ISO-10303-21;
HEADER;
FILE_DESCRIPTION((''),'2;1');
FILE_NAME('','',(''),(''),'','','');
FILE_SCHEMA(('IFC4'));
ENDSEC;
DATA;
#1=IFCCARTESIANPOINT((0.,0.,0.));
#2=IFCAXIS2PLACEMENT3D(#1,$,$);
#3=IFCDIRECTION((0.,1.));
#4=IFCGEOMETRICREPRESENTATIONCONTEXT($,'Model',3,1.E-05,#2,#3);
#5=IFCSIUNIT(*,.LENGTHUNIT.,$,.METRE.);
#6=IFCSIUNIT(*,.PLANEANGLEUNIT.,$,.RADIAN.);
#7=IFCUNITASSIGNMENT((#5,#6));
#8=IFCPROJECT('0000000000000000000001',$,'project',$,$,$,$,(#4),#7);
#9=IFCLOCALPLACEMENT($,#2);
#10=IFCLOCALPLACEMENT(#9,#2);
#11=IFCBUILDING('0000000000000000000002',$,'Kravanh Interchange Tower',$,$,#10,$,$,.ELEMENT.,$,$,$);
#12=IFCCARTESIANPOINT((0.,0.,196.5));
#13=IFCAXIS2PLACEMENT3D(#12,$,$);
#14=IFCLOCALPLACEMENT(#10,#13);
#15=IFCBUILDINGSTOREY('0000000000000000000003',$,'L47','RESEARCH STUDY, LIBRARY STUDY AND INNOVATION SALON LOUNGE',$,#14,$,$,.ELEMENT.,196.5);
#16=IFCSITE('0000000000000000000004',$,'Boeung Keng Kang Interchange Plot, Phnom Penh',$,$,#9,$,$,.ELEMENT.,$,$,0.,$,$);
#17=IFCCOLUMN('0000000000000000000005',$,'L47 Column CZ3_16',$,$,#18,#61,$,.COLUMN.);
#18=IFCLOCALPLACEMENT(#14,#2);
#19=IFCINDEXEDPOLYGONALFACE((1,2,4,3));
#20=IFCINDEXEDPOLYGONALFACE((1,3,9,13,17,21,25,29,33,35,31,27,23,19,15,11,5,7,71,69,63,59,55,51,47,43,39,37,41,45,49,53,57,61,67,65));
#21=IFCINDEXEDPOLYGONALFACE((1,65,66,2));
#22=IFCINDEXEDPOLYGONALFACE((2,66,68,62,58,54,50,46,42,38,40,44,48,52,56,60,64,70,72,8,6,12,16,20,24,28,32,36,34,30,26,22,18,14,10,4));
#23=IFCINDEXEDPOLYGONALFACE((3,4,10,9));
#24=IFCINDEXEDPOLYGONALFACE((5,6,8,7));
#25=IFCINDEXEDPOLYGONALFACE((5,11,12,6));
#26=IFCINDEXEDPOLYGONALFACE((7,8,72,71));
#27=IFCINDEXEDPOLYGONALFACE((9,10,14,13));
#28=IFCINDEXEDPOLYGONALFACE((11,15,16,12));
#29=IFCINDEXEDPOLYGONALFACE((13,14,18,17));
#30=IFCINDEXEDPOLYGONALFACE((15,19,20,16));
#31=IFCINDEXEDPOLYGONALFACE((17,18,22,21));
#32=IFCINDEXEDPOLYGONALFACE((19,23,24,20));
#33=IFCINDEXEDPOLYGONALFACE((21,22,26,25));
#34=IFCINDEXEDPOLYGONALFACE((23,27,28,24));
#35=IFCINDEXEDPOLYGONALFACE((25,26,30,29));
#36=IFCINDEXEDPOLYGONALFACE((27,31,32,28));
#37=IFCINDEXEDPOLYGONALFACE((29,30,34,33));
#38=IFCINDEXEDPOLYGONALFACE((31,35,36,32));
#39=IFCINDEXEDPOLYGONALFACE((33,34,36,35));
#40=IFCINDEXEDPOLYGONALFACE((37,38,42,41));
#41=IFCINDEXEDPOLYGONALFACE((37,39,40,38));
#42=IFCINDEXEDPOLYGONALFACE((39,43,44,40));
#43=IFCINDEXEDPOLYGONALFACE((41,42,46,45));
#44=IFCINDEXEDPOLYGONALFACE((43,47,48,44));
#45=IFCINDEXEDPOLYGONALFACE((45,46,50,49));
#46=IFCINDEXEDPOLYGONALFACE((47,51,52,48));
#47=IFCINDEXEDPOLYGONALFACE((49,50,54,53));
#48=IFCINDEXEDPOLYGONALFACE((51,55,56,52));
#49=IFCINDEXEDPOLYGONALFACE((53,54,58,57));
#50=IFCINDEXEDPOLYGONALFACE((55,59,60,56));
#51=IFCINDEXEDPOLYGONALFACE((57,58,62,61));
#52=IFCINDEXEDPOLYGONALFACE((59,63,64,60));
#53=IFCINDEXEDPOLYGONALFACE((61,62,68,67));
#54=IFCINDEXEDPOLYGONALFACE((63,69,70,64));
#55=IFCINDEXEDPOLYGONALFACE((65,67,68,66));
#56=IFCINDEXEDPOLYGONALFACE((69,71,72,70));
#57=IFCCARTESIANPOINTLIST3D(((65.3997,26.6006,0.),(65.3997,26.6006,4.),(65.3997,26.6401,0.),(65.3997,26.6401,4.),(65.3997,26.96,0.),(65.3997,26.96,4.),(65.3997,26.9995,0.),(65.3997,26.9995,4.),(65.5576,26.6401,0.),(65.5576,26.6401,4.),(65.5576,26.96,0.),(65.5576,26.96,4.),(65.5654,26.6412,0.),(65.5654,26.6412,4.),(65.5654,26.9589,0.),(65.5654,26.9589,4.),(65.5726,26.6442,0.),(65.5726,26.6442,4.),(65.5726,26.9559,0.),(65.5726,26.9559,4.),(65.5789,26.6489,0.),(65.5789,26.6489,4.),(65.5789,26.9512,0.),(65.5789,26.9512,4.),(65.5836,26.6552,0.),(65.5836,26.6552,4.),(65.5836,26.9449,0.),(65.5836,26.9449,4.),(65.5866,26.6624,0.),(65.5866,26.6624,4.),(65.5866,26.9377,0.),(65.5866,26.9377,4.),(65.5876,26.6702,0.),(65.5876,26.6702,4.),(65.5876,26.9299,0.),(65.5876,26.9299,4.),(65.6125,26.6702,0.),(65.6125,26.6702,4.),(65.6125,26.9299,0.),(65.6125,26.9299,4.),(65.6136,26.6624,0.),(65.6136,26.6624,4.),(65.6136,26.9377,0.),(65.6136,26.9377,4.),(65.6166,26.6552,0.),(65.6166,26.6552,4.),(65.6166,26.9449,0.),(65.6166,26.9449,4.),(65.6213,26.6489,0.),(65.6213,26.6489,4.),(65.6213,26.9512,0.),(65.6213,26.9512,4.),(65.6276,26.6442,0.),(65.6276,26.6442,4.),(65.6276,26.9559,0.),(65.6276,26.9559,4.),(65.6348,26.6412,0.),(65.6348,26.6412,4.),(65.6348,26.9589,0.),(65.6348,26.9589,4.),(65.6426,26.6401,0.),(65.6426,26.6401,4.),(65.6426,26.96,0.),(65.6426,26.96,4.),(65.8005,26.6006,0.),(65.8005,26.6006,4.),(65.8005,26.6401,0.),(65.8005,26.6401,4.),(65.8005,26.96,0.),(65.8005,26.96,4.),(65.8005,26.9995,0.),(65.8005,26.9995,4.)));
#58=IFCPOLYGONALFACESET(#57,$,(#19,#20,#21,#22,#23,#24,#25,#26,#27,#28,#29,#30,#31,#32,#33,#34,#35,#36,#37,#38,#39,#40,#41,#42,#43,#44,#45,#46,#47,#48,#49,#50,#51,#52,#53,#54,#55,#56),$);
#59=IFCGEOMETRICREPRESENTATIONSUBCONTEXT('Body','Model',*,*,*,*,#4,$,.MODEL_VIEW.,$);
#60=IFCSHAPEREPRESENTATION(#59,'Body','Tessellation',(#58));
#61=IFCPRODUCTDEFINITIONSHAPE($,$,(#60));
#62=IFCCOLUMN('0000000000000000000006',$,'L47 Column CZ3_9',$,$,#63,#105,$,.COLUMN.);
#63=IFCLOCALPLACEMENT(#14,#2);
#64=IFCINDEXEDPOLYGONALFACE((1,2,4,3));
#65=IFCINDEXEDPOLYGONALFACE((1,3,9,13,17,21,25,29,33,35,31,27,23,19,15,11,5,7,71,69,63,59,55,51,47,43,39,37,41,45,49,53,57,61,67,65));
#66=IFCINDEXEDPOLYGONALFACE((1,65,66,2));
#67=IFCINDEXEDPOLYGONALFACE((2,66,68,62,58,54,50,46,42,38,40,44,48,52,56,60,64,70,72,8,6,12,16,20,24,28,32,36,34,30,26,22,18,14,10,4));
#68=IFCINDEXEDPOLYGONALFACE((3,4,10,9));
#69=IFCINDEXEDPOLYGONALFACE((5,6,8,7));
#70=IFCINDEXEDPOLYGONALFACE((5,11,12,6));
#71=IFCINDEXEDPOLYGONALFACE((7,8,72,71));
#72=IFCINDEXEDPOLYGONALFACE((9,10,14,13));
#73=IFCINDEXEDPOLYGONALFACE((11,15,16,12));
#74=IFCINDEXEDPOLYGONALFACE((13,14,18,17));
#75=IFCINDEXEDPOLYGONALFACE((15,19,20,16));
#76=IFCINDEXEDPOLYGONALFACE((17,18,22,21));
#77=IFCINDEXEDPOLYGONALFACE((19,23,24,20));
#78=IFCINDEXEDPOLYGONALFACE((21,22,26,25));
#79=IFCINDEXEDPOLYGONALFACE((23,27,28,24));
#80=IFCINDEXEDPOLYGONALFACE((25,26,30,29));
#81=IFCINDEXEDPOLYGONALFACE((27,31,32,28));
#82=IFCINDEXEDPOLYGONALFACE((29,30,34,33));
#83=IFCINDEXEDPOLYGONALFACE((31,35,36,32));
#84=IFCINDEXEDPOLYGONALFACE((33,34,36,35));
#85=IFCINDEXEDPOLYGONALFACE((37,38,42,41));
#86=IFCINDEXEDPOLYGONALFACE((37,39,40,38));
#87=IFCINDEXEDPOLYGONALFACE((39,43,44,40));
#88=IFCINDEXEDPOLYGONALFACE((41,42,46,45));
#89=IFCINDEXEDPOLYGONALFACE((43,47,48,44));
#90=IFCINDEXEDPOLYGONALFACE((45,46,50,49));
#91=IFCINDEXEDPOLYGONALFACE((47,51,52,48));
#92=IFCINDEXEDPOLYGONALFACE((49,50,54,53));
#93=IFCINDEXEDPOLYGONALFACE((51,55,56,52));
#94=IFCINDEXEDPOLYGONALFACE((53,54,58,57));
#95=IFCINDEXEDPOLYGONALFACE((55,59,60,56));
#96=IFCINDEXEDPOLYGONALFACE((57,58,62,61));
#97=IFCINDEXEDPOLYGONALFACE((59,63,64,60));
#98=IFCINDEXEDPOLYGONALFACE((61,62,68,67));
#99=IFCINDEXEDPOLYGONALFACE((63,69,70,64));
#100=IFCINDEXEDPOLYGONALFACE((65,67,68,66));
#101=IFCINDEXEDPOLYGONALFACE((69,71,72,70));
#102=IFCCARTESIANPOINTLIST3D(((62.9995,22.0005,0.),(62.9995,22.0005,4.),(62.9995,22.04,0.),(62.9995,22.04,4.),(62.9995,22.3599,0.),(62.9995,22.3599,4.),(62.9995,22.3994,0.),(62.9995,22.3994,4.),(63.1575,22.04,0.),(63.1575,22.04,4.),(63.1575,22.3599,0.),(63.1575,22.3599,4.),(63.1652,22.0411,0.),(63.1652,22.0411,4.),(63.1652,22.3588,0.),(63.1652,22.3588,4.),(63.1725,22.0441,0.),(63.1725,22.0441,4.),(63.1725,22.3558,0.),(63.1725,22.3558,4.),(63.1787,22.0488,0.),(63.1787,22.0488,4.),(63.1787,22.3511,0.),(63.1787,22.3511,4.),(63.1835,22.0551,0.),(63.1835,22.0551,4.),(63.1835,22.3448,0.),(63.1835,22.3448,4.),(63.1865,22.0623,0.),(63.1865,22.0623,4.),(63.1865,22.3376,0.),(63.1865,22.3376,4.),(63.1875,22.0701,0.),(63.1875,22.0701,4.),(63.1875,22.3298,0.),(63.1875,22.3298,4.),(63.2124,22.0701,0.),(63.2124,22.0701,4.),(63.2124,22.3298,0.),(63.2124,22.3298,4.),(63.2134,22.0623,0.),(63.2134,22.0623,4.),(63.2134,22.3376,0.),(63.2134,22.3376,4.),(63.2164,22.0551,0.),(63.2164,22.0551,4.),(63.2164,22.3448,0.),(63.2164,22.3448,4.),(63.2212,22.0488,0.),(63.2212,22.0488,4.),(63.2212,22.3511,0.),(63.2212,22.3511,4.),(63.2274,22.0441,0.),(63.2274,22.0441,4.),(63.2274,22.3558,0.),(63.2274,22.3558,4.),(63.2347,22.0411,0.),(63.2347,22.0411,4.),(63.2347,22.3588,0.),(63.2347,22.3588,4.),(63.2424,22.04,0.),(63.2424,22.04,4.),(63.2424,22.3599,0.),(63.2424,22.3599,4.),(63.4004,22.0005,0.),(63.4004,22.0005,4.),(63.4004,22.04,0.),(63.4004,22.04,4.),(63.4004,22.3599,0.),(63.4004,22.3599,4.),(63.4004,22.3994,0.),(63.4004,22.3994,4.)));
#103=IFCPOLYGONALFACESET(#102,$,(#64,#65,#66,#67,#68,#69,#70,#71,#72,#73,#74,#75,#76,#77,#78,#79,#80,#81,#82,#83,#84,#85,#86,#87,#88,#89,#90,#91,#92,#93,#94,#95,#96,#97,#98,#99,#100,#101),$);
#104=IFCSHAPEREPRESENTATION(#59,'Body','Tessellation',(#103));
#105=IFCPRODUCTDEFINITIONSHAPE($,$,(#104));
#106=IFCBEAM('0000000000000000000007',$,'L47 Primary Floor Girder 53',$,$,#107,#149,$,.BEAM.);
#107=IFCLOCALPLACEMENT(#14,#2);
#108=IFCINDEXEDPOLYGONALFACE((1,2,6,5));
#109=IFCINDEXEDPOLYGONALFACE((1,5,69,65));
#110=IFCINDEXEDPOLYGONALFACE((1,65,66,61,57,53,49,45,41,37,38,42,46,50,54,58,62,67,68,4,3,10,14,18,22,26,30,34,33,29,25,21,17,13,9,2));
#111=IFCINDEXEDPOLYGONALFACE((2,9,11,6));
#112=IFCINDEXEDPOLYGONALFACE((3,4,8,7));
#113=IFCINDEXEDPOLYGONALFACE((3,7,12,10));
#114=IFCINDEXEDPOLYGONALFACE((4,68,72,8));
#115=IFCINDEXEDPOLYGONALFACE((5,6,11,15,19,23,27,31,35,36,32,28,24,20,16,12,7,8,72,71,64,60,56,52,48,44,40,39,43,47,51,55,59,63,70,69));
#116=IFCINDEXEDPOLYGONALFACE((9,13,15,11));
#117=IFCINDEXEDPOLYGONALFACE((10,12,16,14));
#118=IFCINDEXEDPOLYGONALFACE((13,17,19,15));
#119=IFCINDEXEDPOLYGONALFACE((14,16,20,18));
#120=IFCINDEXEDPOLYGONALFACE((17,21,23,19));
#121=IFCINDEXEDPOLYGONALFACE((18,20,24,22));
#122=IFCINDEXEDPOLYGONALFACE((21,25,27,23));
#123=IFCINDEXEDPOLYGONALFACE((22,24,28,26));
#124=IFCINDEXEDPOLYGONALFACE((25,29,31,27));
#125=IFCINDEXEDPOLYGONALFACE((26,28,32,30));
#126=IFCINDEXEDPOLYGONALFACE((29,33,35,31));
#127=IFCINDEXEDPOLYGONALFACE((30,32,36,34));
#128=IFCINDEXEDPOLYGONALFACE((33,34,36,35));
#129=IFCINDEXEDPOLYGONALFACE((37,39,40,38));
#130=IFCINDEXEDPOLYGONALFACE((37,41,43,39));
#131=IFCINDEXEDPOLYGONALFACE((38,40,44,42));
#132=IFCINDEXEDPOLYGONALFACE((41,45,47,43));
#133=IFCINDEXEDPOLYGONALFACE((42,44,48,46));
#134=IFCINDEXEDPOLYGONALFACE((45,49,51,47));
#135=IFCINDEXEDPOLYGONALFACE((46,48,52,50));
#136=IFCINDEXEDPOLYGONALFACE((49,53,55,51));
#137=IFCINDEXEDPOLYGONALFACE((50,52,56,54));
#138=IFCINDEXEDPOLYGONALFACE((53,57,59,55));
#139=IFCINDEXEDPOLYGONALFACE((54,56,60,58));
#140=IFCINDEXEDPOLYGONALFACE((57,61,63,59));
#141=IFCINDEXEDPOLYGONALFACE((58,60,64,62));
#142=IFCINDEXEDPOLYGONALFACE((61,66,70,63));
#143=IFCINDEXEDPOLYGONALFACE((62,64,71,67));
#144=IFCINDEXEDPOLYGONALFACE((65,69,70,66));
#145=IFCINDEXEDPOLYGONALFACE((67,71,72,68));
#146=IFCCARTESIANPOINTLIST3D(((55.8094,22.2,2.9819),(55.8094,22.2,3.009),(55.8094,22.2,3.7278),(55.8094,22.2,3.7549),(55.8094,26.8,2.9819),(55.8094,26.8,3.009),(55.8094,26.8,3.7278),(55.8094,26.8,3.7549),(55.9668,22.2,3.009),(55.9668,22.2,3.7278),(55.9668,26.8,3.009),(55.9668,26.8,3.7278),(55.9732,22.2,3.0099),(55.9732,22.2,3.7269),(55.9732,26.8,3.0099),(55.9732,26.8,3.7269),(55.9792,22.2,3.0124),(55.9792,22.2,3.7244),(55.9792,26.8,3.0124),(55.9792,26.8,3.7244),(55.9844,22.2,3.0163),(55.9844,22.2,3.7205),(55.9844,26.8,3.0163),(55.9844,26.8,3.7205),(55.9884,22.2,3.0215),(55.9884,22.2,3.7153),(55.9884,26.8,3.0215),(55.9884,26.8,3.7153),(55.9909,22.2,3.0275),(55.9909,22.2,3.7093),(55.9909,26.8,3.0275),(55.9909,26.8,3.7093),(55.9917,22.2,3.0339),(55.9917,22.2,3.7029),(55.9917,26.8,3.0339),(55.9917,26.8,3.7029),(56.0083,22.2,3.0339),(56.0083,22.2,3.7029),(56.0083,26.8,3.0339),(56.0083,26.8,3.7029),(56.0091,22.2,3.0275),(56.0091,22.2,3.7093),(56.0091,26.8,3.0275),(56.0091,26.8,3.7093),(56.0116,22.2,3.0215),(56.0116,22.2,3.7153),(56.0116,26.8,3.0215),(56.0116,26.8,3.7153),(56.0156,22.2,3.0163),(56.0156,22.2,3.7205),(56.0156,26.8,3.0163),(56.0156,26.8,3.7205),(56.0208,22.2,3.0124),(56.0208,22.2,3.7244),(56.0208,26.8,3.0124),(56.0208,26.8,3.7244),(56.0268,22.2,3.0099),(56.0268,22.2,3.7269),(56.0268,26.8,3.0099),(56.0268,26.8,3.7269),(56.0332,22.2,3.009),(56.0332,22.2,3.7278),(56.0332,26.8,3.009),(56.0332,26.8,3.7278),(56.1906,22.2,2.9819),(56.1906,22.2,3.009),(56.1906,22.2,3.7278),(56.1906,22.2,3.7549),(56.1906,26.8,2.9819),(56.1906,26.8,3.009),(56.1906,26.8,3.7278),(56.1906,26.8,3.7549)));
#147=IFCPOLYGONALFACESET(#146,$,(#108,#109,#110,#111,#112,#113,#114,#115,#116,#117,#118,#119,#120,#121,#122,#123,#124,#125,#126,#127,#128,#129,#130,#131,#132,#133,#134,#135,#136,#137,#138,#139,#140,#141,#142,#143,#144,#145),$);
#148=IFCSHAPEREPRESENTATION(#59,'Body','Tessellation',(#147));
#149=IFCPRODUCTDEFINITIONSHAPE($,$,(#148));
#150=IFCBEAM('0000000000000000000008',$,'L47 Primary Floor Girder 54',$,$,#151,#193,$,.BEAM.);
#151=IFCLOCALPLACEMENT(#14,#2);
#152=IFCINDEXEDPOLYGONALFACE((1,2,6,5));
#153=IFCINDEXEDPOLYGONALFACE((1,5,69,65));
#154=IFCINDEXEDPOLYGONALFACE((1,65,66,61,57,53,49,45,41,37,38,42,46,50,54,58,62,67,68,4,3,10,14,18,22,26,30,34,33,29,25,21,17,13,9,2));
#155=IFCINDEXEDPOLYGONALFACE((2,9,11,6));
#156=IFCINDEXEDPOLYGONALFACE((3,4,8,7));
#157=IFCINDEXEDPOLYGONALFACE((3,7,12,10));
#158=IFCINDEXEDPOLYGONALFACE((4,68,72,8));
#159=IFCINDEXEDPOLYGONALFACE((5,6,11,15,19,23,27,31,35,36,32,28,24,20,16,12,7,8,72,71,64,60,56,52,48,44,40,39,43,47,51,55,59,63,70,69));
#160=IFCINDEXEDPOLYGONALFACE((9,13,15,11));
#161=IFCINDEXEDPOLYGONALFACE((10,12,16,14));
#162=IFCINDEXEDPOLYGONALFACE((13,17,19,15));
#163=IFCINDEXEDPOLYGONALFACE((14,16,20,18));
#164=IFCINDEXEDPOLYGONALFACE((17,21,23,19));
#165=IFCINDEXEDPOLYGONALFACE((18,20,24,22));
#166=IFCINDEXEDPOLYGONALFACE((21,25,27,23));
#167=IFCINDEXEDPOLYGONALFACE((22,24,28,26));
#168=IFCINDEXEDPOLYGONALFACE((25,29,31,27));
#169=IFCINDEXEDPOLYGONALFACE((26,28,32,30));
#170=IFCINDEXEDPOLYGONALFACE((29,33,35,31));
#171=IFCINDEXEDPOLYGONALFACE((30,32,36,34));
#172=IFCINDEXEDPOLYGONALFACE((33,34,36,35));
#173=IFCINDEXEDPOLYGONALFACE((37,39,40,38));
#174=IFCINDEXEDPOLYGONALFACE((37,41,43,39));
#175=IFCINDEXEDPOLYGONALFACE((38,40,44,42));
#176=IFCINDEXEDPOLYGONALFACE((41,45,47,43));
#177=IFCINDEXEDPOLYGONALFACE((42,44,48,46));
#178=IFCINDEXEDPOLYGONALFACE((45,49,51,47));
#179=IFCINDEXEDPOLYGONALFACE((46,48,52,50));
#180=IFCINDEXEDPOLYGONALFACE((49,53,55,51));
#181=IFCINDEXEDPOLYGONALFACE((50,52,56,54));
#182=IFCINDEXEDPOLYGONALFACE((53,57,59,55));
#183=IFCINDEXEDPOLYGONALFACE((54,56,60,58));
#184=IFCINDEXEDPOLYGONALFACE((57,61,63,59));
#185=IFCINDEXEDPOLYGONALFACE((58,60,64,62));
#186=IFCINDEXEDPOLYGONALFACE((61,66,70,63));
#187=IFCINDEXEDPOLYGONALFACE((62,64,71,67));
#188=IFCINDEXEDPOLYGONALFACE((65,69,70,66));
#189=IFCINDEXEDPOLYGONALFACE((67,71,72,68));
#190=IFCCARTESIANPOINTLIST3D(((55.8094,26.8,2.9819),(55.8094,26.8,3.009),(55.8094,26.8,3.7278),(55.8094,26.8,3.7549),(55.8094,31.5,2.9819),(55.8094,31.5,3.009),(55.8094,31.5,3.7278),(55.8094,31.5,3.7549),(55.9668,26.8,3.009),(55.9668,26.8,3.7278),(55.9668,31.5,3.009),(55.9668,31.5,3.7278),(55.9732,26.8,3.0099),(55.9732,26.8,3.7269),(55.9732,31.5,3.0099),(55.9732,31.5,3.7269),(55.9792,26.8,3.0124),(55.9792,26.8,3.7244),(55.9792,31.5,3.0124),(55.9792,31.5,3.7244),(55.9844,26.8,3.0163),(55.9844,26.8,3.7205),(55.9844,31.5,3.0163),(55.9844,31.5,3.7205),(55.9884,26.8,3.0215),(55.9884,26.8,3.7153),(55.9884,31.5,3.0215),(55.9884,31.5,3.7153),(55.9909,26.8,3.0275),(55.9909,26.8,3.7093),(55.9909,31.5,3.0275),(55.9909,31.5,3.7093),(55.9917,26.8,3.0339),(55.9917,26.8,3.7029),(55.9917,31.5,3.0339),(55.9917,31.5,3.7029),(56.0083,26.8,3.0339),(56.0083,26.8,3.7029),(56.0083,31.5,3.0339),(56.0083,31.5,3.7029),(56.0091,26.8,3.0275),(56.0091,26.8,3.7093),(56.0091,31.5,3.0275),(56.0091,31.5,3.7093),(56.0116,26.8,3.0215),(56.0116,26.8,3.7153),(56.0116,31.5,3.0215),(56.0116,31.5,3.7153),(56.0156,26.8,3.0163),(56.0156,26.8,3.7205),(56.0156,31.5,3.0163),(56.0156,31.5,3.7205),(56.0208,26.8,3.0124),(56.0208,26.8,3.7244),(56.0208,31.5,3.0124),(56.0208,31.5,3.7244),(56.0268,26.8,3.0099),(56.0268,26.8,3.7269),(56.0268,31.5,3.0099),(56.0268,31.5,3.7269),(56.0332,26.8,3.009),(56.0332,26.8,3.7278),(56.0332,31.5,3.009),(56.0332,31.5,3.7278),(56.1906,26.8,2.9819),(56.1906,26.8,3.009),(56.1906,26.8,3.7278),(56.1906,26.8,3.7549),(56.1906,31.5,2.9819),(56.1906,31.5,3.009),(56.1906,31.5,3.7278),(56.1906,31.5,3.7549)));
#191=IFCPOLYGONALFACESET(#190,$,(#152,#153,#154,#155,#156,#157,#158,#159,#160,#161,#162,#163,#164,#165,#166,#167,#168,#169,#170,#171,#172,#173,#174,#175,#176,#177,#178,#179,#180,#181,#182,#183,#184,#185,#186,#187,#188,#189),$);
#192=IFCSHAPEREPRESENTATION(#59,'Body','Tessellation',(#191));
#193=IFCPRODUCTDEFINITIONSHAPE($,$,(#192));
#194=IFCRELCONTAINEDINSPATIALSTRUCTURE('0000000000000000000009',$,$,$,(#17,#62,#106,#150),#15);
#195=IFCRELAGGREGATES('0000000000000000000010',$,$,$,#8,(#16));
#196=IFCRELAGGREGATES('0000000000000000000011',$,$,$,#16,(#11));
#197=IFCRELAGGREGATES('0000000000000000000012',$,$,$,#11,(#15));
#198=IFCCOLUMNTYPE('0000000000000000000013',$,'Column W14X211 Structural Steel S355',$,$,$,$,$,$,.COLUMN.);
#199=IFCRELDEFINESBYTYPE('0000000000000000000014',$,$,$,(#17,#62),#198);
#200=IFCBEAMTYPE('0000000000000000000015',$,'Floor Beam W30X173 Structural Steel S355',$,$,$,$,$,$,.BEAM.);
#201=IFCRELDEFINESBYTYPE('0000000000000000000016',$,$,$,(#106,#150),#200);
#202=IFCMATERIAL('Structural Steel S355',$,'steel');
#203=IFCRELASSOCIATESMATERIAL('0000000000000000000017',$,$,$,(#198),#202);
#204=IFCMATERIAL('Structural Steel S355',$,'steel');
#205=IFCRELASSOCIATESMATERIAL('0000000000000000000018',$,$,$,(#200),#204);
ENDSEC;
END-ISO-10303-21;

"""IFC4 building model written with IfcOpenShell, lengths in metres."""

from ifc_helpers import new_model, si_unit, direction, frame, origin, origin_2d, place, context, subcontext, project, spatial, i_section, extrude, material, material_profile, profile_set, type_object, element, save


model = new_model("IFC4")

# Units and contexts
model_context = context("Model", 3, precision=1e-05, world=origin(), true_north=direction((0.0, 1.0)))
body_context = subcontext(model_context, "Body", "Model", "MODEL_VIEW")
ifc_project = project(units=[si_unit("LENGTHUNIT", "METRE"), si_unit("PLANEANGLEUNIT", "RADIAN")], contexts=[model_context])

# Site, building, storey
site_placement = place(None, origin())
site = spatial("IfcSite", under=ifc_project, at=site_placement, Name="Boeung Keng Kang Interchange Plot, Phnom Penh", CompositionType="ELEMENT", RefElevation=0.0)
building_placement = place(site_placement, origin())
building = spatial("IfcBuilding", under=site, at=building_placement, Name="Kravanh Interchange Tower", CompositionType="ELEMENT")
storey_placement = place(building_placement, frame((0.0, 0.0, 196.5)))
storey = spatial("IfcBuildingStorey", under=building, at=storey_placement, Name="L47", Description="RESEARCH STUDY, LIBRARY STUDY AND INNOVATION SALON LOUNGE", CompositionType="ELEMENT", Elevation=196.5)

# Columns
ifc_material_1 = material(Name="Structural Steel S355", Category="steel")
ifc_material_profile_1 = material_profile(ifc_material_1, i_section(OverallWidth=0.4009, OverallDepth=0.3989, WebThickness=0.0249, FlangeThickness=0.0396, FilletRadius=0.03, at=origin_2d()), Name="W14X211")
ifc_profile_set_1 = profile_set([ifc_material_profile_1], Name="Structural Steel S355")
column_type = type_object("IfcColumnType", Name="Column W14X211 Structural Steel S355", PredefinedType="COLUMN", material=ifc_profile_set_1)
for number, where, z_axis, x_axis, name in (
    (1, (65.6001, 26.8, 0.0), (0.0, 0.0, 1.0), (1.0, 0.0, 0.0), "L47 Column CZ3_16"),
    (2, (63.2, 22.2, 0.0), (0.0, 0.0, 1.0), (1.0, 0.0, 0.0), "L47 Column CZ3_9"),
):
    element("IfcColumn", number, at=place(storey_placement, frame(where, z_axis=z_axis, x_axis=x_axis)), inside=storey, type_object=column_type, Name=name, PredefinedType="COLUMN", context=body_context, shape_type="SweptSolid", body=[
        extrude(i_section(OverallWidth=0.4009, OverallDepth=0.3989, WebThickness=0.0249, FlangeThickness=0.0396, FilletRadius=0.03, at=origin_2d()), origin(), (0.0, 0.0, 1.0), 4.0),
    ])

# Beams
ifc_material_2 = material(Name="Structural Steel S355", Category="steel")
ifc_material_profile_2 = material_profile(ifc_material_2, i_section(OverallWidth=0.3811, OverallDepth=0.7729, WebThickness=0.0166, FlangeThickness=0.0271, FilletRadius=0.0249, at=origin_2d()), Name="W30X173")
ifc_profile_set_2 = profile_set([ifc_material_profile_2], Name="Structural Steel S355")
beam_type_1 = type_object("IfcBeamType", Name="Floor Beam W30X173 Structural Steel S355", PredefinedType="BEAM", material=ifc_profile_set_2)
beam_1_placement = place(storey_placement, frame((56.0, 26.8, 3.3684), z_axis=(0.0, -1.0, 0.0), x_axis=(1.0, 0.0, 0.0)))
element("IfcBeam", 3, at=beam_1_placement, inside=storey, type_object=beam_type_1, Name="L47 Primary Floor Girder 53", PredefinedType="BEAM", context=body_context, shape_type="SweptSolid", body=[
    extrude(i_section(OverallWidth=0.3811, OverallDepth=0.7729, WebThickness=0.0166, FlangeThickness=0.0271, FilletRadius=0.0249, at=origin_2d()), origin(), (0.0, 0.0, 1.0), 4.6001),
])
for number, where, z_axis, x_axis, name in (
    (4, (56.0, 26.8, 3.3684), (0.0, 1.0, 0.0), (-1.0, 0.0, 0.0), "L47 Primary Floor Girder 54"),
):
    element("IfcBeam", number, at=place(storey_placement, frame(where, z_axis=z_axis, x_axis=x_axis)), inside=storey, type_object=beam_type_1, Name=name, PredefinedType="BEAM", context=body_context, shape_type="SweptSolid", body=[
        extrude(i_section(OverallWidth=0.3811, OverallDepth=0.7729, WebThickness=0.0166, FlangeThickness=0.0271, FilletRadius=0.0249, at=origin_2d()), origin(), (0.0, 0.0, 1.0), 4.7),
    ])

save(model, "model.ifc")
